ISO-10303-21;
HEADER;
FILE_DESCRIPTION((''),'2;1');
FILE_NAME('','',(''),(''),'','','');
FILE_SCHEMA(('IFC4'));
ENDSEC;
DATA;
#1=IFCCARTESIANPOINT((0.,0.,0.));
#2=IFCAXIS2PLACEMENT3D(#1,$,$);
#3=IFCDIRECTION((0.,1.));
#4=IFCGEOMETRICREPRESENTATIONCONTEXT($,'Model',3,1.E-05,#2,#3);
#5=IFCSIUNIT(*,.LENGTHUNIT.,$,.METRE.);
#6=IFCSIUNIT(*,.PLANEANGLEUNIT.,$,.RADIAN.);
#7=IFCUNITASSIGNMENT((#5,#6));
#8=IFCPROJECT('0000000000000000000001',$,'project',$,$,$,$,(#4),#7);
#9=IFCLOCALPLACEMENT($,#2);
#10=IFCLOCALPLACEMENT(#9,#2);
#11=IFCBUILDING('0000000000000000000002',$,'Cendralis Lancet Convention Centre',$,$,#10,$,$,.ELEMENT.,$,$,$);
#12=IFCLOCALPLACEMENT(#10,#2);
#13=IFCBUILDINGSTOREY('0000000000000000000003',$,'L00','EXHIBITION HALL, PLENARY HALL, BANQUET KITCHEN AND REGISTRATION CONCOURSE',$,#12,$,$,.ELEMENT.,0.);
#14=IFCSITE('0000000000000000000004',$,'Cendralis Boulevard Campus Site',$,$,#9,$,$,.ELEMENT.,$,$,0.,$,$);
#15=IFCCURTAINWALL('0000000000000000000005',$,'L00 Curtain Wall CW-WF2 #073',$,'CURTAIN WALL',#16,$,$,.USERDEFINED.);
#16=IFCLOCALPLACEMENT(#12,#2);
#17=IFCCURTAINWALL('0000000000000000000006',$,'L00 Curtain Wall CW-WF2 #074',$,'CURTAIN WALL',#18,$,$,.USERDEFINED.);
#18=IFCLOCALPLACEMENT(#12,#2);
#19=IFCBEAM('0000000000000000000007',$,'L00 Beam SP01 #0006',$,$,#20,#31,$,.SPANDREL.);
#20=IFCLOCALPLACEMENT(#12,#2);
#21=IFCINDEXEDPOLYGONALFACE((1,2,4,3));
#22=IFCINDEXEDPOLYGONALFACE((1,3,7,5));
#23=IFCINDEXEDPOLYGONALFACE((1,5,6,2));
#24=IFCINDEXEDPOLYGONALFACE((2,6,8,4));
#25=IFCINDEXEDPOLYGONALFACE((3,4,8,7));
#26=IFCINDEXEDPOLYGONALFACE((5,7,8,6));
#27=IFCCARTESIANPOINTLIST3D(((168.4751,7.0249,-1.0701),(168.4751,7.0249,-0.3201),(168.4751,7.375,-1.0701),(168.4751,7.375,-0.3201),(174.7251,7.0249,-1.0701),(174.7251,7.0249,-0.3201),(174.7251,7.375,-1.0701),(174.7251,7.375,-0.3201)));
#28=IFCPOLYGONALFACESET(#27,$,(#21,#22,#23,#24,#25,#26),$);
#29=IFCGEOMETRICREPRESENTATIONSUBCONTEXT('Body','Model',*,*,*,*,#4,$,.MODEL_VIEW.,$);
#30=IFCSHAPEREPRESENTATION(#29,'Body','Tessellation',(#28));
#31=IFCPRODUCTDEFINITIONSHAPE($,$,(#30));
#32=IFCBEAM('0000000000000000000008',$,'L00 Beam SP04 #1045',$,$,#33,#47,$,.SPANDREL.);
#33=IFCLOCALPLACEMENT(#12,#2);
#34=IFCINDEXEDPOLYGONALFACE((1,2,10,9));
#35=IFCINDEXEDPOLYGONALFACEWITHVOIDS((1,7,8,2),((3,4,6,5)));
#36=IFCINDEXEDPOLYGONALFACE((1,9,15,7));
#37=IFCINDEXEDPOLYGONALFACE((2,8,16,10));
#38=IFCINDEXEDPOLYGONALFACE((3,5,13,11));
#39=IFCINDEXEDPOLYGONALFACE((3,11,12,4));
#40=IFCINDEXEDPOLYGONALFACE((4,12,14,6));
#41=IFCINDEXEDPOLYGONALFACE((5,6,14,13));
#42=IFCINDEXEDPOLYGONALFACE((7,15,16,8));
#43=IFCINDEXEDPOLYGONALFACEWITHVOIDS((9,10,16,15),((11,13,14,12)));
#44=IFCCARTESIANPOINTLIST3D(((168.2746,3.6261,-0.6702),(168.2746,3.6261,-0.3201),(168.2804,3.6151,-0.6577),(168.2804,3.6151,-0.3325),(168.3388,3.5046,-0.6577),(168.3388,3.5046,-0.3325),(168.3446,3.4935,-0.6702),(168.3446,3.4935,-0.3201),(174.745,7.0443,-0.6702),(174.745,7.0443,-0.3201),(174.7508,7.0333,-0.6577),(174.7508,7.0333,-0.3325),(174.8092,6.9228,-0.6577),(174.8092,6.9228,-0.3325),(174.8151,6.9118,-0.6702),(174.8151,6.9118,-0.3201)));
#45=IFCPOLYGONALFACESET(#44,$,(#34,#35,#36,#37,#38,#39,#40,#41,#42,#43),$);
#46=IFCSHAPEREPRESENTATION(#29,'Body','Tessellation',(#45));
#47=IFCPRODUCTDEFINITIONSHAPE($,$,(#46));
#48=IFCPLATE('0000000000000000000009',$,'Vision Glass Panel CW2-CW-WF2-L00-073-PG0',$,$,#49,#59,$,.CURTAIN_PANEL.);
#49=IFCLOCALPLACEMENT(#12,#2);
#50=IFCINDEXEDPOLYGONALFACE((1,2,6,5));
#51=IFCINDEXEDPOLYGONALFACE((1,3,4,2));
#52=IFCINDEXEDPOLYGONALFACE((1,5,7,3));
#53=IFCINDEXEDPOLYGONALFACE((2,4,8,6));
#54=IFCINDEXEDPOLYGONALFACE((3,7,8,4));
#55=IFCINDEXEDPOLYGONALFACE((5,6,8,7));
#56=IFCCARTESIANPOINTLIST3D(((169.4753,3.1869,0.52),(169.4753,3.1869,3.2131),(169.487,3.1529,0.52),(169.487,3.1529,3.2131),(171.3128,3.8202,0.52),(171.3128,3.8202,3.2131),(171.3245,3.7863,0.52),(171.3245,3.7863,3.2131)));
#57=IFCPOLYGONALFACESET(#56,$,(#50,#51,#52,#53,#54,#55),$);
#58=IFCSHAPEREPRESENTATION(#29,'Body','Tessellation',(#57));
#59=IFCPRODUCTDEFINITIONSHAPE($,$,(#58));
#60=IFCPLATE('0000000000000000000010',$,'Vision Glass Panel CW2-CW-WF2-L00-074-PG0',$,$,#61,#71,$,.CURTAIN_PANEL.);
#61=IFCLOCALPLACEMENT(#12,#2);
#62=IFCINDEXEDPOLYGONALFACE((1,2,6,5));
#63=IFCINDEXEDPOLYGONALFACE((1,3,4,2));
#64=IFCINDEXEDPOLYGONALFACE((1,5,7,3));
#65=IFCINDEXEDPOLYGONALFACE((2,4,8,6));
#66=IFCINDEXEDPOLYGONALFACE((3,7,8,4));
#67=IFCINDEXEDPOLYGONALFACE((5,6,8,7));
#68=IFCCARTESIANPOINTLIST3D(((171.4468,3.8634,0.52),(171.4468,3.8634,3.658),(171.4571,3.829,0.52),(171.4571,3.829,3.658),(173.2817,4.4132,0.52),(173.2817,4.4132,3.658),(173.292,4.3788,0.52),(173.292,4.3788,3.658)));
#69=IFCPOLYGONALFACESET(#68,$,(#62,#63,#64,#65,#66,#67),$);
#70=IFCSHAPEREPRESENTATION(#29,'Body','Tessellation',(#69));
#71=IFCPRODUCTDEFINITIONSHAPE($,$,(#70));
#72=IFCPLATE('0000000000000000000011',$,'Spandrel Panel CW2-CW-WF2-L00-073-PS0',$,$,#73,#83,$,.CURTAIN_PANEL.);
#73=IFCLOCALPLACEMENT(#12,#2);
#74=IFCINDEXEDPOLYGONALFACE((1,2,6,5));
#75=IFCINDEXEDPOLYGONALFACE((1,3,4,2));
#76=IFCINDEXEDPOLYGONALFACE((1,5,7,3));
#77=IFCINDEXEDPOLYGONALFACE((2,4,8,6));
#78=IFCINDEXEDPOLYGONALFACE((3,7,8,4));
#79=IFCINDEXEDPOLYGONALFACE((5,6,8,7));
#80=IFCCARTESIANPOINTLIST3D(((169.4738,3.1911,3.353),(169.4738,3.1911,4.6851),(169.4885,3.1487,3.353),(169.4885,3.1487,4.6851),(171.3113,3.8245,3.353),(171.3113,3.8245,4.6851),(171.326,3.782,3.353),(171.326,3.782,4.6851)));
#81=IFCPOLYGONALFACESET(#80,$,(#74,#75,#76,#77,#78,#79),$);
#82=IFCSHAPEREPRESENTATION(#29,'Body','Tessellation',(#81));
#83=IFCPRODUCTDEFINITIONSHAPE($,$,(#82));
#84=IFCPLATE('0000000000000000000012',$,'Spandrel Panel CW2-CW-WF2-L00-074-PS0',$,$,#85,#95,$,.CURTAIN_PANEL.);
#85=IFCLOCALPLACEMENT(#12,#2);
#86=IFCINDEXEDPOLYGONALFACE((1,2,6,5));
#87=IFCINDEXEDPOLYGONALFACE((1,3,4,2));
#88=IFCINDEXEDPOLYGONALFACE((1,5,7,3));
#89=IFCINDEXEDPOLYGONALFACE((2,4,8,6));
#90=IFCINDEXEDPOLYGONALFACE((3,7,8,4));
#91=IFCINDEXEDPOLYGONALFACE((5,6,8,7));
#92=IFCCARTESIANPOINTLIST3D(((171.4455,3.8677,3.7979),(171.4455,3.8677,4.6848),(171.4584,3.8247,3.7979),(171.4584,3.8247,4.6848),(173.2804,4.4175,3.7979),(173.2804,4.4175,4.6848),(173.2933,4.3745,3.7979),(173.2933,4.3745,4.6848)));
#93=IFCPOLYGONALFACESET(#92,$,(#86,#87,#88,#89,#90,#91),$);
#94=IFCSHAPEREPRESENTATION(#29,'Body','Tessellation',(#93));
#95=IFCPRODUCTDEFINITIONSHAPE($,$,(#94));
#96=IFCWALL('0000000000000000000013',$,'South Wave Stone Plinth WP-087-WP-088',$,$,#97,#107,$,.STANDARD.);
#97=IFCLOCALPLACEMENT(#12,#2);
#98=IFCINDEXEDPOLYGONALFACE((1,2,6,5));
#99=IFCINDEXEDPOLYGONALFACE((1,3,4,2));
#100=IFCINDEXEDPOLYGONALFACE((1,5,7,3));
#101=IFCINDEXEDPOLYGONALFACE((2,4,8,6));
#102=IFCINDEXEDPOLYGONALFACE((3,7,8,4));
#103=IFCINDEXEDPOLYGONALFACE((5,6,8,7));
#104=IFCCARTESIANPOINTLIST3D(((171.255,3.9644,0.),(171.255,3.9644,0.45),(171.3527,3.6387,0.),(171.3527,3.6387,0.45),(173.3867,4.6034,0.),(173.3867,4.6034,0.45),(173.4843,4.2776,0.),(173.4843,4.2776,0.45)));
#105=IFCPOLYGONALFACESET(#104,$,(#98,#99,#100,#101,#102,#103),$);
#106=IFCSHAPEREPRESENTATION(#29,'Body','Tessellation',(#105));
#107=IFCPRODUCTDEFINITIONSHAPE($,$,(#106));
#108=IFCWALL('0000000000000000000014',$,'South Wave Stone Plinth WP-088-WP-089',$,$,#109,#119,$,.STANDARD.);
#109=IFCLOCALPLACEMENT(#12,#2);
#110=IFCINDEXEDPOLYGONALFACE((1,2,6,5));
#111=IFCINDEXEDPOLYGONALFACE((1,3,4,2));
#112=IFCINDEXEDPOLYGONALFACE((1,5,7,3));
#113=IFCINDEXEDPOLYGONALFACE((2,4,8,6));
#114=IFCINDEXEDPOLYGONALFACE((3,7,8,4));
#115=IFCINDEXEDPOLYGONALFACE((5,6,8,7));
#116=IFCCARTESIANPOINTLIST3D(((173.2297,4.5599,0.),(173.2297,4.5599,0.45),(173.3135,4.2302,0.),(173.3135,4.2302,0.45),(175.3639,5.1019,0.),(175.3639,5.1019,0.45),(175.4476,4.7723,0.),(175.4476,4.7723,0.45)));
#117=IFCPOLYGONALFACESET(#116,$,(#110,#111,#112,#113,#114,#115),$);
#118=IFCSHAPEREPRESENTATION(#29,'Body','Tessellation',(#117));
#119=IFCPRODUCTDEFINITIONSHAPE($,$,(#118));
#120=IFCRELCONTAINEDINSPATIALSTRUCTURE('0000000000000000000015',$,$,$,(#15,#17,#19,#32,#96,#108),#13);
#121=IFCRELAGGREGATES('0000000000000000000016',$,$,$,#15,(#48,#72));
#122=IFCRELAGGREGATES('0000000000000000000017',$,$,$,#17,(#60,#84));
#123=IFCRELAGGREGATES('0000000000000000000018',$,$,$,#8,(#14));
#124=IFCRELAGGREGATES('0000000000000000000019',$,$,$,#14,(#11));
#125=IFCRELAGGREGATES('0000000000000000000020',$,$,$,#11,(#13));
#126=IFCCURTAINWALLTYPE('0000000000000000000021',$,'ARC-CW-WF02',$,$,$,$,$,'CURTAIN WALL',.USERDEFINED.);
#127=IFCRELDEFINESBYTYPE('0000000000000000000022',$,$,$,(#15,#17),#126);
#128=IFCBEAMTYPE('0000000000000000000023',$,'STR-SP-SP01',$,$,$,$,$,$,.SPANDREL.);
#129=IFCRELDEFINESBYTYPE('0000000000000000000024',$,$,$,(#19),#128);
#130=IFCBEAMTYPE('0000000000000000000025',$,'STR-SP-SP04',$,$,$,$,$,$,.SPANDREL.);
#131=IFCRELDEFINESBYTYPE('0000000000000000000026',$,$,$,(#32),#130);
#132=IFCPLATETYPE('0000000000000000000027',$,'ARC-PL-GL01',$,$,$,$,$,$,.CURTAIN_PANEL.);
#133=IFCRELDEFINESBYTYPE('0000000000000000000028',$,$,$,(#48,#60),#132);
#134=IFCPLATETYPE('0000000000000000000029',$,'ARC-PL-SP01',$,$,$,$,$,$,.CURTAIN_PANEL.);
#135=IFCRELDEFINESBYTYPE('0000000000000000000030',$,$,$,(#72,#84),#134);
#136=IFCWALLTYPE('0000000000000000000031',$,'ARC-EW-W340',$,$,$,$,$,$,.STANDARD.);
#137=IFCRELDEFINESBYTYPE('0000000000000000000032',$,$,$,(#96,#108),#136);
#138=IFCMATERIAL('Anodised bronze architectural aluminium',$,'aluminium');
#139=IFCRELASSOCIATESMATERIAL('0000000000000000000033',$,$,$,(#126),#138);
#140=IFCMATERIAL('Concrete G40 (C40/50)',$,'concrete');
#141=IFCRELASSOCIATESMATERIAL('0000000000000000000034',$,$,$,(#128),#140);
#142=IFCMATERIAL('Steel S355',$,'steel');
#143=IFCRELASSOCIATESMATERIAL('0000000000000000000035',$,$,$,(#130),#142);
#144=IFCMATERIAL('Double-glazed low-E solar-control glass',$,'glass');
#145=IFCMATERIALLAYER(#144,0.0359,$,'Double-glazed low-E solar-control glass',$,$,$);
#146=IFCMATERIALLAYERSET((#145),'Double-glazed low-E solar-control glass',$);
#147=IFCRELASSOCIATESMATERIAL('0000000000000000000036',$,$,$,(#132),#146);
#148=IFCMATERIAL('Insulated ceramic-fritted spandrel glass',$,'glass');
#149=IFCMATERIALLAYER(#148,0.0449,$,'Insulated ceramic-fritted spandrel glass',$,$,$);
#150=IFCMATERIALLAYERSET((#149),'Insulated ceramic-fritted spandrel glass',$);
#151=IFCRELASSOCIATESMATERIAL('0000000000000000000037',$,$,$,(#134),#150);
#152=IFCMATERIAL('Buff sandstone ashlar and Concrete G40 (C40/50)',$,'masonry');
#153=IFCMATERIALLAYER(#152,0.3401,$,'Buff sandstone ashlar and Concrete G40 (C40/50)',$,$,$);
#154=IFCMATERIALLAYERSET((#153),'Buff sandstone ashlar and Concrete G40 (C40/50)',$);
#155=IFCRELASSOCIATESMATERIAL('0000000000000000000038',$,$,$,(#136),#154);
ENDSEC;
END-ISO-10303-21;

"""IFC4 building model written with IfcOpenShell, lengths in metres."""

from ifc_helpers import new_model, si_unit, direction, frame, frame_2d, origin, origin_2d, place, context, subcontext, project, spatial, rectangle, hollow_rectangle, extrude, material, layer, layer_set, material_profile, profile_set, type_object, element, aggregate, save


model = new_model("IFC4")

# Units and contexts
model_context = context("Model", 3, precision=1e-05, world=origin(), true_north=direction((0.0, 1.0)))
body_context = subcontext(model_context, "Body", "Model", "MODEL_VIEW")
ifc_project = project(units=[si_unit("LENGTHUNIT", "METRE"), si_unit("PLANEANGLEUNIT", "RADIAN")], contexts=[model_context])

# Site, building, storey
site_placement = place(None, origin())
site = spatial("IfcSite", under=ifc_project, at=site_placement, Name="Cendralis Boulevard Campus Site", CompositionType="ELEMENT", RefElevation=0.0)
building_placement = place(site_placement, origin())
building = spatial("IfcBuilding", under=site, at=building_placement, Name="Cendralis Lancet Convention Centre", CompositionType="ELEMENT")
storey_placement = place(building_placement, origin())
storey = spatial("IfcBuildingStorey", under=building, at=storey_placement, Name="L00", Description="EXHIBITION HALL, PLENARY HALL, BANQUET KITCHEN AND REGISTRATION CONCOURSE", CompositionType="ELEMENT", Elevation=0.0)

# Shared definitions
ifc_material_1 = material(Name="Concrete G40 (C40/50)", Category="concrete")

# Shared definitions
ifc_material_2 = material(Name="Anodised bronze architectural aluminium", Category="aluminium")
curtain_wall_type = type_object("IfcCurtainWallType", Name="ARC-CW-WF02", ElementType="CURTAIN WALL", PredefinedType="USERDEFINED", material=ifc_material_2)

# Curtain wall
curtain_wall_1_placement = place(storey_placement, origin())
curtain_wall_1 = element("IfcCurtainWall", 1, at=curtain_wall_1_placement, inside=storey, type_object=curtain_wall_type, Name="L00 Curtain Wall CW-WF2 #073", ObjectType="CURTAIN WALL", PredefinedType="USERDEFINED")

# Curtain wall
curtain_wall_2_placement = place(storey_placement, origin())
curtain_wall_2 = element("IfcCurtainWall", 2, at=curtain_wall_2_placement, inside=storey, type_object=curtain_wall_type, Name="L00 Curtain Wall CW-WF2 #074", ObjectType="CURTAIN WALL", PredefinedType="USERDEFINED")

# Beams
ifc_material_profile_1 = material_profile(ifc_material_1, rectangle(XDim=0.3501, YDim=0.75, at=origin_2d()), Name="RCB 350x750")
ifc_profile_set_1 = profile_set([ifc_material_profile_1], Name="Concrete G40 (C40/50)")
beam_type_1 = type_object("IfcBeamType", Name="STR-SP-SP01", PredefinedType="SPANDREL", material=ifc_profile_set_1)
beam_1_placement = place(storey_placement, frame((168.4751, 7.2, -0.6951), z_axis=(1.0, 0.0, 0.0), x_axis=(0.0, 1.0, 0.0)))
element("IfcBeam", 3, at=beam_1_placement, inside=storey, type_object=beam_type_1, Name="L00 Beam SP01 #0006", PredefinedType="SPANDREL", context=body_context, shape_type="SweptSolid", body=[
    extrude(rectangle(XDim=0.3501, YDim=0.75, at=origin_2d()), origin(), (0.0, 0.0, 1.0), 6.25),
])
ifc_material_3 = material(Name="Steel S355", Category="steel")
ifc_material_profile_2 = material_profile(ifc_material_3, hollow_rectangle(XDim=0.1499, YDim=0.3501, WallThickness=0.0125, at=origin_2d()), Name="RHS 350x150x12.5")
ifc_profile_set_2 = profile_set([ifc_material_profile_2], Name="Steel S355")
beam_type_2 = type_object("IfcBeamType", Name="STR-SP-SP04", PredefinedType="SPANDREL", material=ifc_profile_set_2)
beam_2_placement = place(storey_placement, frame((168.3096, 3.5598, -0.4951), z_axis=(0.884201, 0.467106, 0.0), x_axis=(-0.467106, 0.884201, 0.0)))
element("IfcBeam", 4, at=beam_2_placement, inside=storey, type_object=beam_type_2, Name="L00 Beam SP04 #1045", PredefinedType="SPANDREL", context=body_context, shape_type="SweptSolid", body=[
    extrude(hollow_rectangle(XDim=0.1499, YDim=0.3501, WallThickness=0.0125, at=origin_2d()), origin(), (0.0, 0.0, 1.0), 7.3179),
])

# Plates
ifc_material_4 = material(Name="Double-glazed low-E solar-control glass", Category="glass")
ifc_layer_1 = layer(ifc_material_4, 0.0359, Name="Double-glazed low-E solar-control glass")
ifc_layer_set_1 = layer_set([ifc_layer_1], Name="Double-glazed low-E solar-control glass")
plate_type_1 = type_object("IfcPlateType", Name="ARC-PL-GL01", PredefinedType="CURTAIN_PANEL", material=ifc_layer_set_1)
plate_1_placement = place(storey_placement, frame((170.3999, 3.4866, 0.52), z_axis=(0.0, 0.0, 1.0), x_axis=(0.945419, 0.325858, 0.0)))
plate_1 = element("IfcPlate", 5, at=plate_1_placement, type_object=plate_type_1, Name="Vision Glass Panel CW2-CW-WF2-L00-073-PG0", PredefinedType="CURTAIN_PANEL", context=body_context, shape_type="SweptSolid", body=[
    extrude(rectangle(XDim=1.9436, YDim=0.0359, at=origin_2d()), origin(), (0.0, 0.0, 1.0), 2.6931),
])
plate_2_placement = place(storey_placement, frame((172.3694, 4.1211, 0.52), z_axis=(0.0, 0.0, 1.0), x_axis=(0.95792, 0.287035, 0.0)))
plate_2 = element("IfcPlate", 6, at=plate_2_placement, type_object=plate_type_1, Name="Vision Glass Panel CW2-CW-WF2-L00-074-PG0", PredefinedType="CURTAIN_PANEL", context=body_context, shape_type="SweptSolid", body=[
    extrude(rectangle(XDim=1.9155, YDim=0.0359, at=origin_2d()), origin(), (0.0, 0.0, 1.0), 3.1379),
])
ifc_material_5 = material(Name="Insulated ceramic-fritted spandrel glass", Category="glass")
ifc_layer_2 = layer(ifc_material_5, 0.0449, Name="Insulated ceramic-fritted spandrel glass")
ifc_layer_set_2 = layer_set([ifc_layer_2], Name="Insulated ceramic-fritted spandrel glass")
plate_type_2 = type_object("IfcPlateType", Name="ARC-PL-SP01", PredefinedType="CURTAIN_PANEL", material=ifc_layer_set_2)
plate_3_placement = place(storey_placement, frame((170.3999, 3.4866, 3.353), z_axis=(0.0, 0.0, 1.0), x_axis=(0.945419, 0.325858, 0.0)))
plate_3 = element("IfcPlate", 7, at=plate_3_placement, type_object=plate_type_2, Name="Spandrel Panel CW2-CW-WF2-L00-073-PS0", PredefinedType="CURTAIN_PANEL", context=body_context, shape_type="SweptSolid", body=[
    extrude(rectangle(XDim=1.9436, YDim=0.0449, at=origin_2d()), origin(), (0.0, 0.0, 1.0), 1.332),
])
aggregate(curtain_wall_1, [plate_1, plate_3])
plate_4_placement = place(storey_placement, frame((172.3694, 4.1211, 3.7979), z_axis=(0.0, 0.0, 1.0), x_axis=(0.95792, 0.287035, 0.0)))
plate_4 = element("IfcPlate", 8, at=plate_4_placement, type_object=plate_type_2, Name="Spandrel Panel CW2-CW-WF2-L00-074-PS0", PredefinedType="CURTAIN_PANEL", context=body_context, shape_type="SweptSolid", body=[
    extrude(rectangle(XDim=1.9155, YDim=0.0449, at=origin_2d()), origin(), (0.0, 0.0, 1.0), 0.887),
])
aggregate(curtain_wall_2, [plate_2, plate_4])

# Walls
ifc_material_6 = material(Name="Buff sandstone ashlar and Concrete G40 (C40/50)", Category="masonry")
ifc_layer_3 = layer(ifc_material_6, 0.3401, Name="Buff sandstone ashlar and Concrete G40 (C40/50)")
ifc_layer_set_3 = layer_set([ifc_layer_3], Name="Buff sandstone ashlar and Concrete G40 (C40/50)")
wall_type = type_object("IfcWallType", Name="ARC-EW-W340", PredefinedType="STANDARD", material=ifc_layer_set_3)
wall_1_placement = place(storey_placement, frame((171.3037, 3.8015, 0.0), z_axis=(0.0, 0.0, 1.0), x_axis=(0.957896, 0.287116, 0.0)))
element("IfcWall", 9, at=wall_1_placement, inside=storey, type_object=wall_type, Name="South Wave Stone Plinth WP-087-WP-088", PredefinedType="STANDARD", context=body_context, shape_type="SweptSolid", body=[
    extrude(rectangle(XDim=2.2253, YDim=0.3401, at=frame_2d((1.1128, 0.0))), origin(), (0.0, 0.0, 1.0), 0.45),
])
wall_2_placement = place(storey_placement, frame((173.2715, 4.395, 0.0), z_axis=(0.0, 0.0, 1.0), x_axis=(0.969229, 0.24616, 0.0)))
element("IfcWall", 10, at=wall_2_placement, inside=storey, type_object=wall_type, Name="South Wave Stone Plinth WP-088-WP-089", PredefinedType="STANDARD", context=body_context, shape_type="SweptSolid", body=[
    extrude(rectangle(XDim=2.2019, YDim=0.3401, at=frame_2d((1.1011, 0.0))), origin(), (0.0, 0.0, 1.0), 0.45),
])

save(model, "model.ifc")
